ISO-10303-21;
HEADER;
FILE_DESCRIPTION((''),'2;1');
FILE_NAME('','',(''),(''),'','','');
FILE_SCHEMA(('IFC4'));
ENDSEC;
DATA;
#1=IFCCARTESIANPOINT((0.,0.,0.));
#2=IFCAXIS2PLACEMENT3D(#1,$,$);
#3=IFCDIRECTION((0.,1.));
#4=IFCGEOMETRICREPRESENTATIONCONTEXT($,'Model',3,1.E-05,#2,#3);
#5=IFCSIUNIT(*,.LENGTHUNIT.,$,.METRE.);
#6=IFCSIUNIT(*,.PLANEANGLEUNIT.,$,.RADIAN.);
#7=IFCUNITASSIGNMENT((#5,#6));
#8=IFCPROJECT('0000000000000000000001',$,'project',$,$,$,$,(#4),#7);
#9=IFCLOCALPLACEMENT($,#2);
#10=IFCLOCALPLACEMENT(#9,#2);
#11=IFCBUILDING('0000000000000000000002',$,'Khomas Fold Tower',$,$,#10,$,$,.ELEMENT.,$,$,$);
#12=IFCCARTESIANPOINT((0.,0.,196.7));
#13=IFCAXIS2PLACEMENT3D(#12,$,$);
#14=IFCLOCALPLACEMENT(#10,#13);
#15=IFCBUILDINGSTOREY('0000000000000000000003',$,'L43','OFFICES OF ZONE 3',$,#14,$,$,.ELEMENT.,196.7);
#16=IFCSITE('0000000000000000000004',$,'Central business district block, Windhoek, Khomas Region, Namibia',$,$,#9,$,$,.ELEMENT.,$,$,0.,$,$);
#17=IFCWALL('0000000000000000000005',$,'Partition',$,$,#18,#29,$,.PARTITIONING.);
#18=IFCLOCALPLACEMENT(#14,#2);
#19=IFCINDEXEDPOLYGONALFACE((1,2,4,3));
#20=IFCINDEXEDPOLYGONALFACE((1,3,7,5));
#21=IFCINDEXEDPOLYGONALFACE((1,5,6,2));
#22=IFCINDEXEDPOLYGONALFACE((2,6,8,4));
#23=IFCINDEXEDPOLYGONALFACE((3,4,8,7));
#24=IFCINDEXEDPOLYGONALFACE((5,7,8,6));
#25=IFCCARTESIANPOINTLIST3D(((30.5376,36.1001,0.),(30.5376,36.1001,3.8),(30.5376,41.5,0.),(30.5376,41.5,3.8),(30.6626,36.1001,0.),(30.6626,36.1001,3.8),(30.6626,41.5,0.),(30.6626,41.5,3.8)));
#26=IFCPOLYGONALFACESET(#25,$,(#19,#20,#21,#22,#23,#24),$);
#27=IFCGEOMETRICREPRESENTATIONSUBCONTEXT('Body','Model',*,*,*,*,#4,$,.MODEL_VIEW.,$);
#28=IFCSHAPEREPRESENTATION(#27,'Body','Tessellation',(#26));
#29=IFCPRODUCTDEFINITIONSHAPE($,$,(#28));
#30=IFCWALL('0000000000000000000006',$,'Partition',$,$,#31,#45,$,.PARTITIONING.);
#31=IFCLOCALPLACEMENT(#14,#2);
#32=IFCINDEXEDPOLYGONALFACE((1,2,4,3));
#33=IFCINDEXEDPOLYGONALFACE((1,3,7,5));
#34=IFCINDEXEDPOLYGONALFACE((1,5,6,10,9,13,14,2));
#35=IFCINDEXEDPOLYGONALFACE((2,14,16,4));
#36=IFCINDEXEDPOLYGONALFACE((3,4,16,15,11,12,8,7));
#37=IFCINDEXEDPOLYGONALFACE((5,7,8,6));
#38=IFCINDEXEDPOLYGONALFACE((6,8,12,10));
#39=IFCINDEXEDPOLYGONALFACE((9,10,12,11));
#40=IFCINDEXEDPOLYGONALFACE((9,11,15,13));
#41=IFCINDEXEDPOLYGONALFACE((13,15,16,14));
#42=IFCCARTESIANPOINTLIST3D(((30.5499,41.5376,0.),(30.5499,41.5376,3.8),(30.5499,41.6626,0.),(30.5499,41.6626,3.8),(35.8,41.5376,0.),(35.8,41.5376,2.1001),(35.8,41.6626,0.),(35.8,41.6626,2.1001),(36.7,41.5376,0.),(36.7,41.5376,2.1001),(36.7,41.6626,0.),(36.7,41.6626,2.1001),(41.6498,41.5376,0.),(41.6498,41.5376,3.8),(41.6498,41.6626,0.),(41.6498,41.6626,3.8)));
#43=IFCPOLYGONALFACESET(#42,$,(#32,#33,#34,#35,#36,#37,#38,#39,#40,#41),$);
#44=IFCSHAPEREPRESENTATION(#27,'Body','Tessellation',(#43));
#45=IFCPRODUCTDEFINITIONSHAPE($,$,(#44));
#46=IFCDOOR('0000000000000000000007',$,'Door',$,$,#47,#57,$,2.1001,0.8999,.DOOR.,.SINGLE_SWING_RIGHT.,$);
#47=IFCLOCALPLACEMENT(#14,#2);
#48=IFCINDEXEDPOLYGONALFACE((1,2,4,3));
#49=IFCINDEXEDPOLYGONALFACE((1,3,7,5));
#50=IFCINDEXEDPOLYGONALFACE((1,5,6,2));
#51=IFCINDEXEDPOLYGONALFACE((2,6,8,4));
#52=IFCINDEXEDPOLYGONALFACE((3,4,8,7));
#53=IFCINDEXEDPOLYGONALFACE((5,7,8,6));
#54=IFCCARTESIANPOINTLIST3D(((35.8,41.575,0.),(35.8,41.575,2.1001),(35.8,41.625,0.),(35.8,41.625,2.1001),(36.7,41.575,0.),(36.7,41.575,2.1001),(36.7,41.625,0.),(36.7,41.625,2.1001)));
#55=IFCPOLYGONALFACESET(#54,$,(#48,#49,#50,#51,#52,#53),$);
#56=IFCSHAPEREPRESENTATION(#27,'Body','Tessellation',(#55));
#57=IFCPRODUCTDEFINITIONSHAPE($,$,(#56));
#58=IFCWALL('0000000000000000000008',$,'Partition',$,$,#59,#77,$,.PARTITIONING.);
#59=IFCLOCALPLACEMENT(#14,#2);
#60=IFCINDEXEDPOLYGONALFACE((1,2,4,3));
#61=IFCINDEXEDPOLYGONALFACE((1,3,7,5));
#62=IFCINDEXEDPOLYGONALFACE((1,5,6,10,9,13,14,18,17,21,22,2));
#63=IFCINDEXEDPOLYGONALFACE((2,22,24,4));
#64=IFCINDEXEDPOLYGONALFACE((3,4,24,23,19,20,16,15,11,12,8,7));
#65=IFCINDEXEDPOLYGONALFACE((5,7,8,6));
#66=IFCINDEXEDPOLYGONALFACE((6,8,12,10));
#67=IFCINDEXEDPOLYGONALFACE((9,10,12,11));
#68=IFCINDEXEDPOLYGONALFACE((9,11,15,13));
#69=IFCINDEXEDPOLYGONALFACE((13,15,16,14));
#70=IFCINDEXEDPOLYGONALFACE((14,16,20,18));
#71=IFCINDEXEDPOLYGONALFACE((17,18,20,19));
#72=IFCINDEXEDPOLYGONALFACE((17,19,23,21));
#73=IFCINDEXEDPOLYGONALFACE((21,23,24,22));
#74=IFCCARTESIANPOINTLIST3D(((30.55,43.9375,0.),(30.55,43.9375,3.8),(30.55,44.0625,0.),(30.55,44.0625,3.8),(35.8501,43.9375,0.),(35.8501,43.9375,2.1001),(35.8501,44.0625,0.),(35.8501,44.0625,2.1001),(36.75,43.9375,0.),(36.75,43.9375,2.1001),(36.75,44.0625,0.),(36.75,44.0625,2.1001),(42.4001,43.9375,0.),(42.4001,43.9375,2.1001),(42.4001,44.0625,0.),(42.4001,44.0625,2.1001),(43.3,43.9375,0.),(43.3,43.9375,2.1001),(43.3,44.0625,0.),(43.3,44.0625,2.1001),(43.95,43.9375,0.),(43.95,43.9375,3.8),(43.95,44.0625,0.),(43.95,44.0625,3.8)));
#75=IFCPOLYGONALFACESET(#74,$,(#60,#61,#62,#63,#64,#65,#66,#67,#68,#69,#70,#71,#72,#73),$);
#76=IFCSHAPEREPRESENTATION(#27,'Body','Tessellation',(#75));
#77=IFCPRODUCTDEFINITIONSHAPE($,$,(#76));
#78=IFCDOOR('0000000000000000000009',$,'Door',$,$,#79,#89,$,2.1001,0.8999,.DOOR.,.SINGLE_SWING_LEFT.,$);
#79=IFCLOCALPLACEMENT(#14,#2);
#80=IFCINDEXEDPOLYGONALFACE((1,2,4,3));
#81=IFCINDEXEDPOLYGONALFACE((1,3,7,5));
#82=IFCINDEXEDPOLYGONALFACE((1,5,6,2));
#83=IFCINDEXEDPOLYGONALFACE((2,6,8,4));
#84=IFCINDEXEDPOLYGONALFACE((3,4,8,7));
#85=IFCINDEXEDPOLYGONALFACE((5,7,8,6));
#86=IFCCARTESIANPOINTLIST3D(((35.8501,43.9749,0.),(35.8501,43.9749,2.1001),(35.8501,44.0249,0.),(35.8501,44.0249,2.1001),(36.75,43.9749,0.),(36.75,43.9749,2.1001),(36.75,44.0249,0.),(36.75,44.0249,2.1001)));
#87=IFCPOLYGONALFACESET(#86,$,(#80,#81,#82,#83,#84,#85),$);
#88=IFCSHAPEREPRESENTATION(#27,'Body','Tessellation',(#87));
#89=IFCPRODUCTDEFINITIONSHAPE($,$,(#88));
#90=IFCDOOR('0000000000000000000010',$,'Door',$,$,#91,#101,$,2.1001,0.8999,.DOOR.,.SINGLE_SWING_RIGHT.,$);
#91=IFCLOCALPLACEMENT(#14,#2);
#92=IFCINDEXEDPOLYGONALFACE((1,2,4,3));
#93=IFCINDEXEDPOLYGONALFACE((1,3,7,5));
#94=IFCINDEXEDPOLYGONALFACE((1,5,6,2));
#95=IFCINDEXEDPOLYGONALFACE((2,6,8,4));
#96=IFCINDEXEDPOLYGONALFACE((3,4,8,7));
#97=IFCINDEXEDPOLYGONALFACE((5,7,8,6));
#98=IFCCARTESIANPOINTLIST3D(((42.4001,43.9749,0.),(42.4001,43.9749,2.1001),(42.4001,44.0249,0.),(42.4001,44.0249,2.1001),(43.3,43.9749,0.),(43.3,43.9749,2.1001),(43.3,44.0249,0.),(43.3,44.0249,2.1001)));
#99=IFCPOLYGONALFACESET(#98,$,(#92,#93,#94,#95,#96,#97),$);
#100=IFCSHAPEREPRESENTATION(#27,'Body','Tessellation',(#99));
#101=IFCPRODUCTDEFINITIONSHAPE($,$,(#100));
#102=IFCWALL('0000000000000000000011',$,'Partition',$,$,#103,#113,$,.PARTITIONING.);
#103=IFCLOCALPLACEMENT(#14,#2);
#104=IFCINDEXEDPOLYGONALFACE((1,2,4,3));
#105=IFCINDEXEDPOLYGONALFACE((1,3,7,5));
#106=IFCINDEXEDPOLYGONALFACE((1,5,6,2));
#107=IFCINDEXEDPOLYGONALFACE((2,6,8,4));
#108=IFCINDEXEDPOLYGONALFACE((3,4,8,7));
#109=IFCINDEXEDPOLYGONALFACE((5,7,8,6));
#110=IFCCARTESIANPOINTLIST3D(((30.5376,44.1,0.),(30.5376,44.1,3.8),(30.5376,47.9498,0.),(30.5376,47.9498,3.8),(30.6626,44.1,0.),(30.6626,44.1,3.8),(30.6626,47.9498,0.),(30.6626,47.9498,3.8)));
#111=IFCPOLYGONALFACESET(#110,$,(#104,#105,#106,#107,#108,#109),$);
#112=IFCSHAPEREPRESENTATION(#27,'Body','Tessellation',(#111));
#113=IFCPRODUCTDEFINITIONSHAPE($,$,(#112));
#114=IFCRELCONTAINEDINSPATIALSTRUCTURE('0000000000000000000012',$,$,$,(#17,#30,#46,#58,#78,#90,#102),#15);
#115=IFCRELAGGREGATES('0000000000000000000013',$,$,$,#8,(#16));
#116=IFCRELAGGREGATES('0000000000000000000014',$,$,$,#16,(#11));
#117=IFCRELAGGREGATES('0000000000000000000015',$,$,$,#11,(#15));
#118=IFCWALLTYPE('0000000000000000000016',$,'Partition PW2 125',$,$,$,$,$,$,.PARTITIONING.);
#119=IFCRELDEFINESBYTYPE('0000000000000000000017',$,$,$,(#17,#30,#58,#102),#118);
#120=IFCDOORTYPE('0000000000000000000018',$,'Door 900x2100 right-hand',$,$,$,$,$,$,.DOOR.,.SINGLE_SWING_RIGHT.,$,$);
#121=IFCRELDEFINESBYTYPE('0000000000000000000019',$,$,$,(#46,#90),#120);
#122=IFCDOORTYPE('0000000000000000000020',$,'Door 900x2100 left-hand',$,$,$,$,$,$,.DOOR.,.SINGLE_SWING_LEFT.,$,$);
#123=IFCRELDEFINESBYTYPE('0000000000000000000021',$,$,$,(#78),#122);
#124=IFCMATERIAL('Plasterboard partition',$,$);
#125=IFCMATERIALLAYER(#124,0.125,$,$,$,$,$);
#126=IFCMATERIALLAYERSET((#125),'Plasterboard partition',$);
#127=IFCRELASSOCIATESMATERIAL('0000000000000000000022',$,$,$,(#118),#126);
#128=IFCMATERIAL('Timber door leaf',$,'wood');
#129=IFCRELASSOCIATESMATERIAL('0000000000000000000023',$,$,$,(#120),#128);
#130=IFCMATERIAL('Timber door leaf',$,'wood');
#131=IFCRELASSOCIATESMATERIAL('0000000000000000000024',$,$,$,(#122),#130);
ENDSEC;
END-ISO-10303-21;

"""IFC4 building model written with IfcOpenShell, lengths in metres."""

from ifc_helpers import new_model, si_unit, direction, frame, frame_2d, origin, place, context, subcontext, project, spatial, rectangle, extrude, source, transform, mapped, material, layer, layer_set, type_object, element, fill, save


model = new_model("IFC4")

# Units and contexts
model_context = context("Model", 3, precision=1e-05, world=origin(), true_north=direction((0.0, 1.0)))
body_context = subcontext(model_context, "Body", "Model", "MODEL_VIEW")
ifc_project = project(units=[si_unit("LENGTHUNIT", "METRE"), si_unit("PLANEANGLEUNIT", "RADIAN")], contexts=[model_context])

# Site, building, storey
site_placement = place(None, origin())
site = spatial("IfcSite", under=ifc_project, at=site_placement, Name="Central business district block, Windhoek, Khomas Region, Namibia", CompositionType="ELEMENT", RefElevation=0.0)
building_placement = place(site_placement, origin())
building = spatial("IfcBuilding", under=site, at=building_placement, Name="Khomas Fold Tower", CompositionType="ELEMENT")
storey_placement = place(building_placement, frame((0.0, 0.0, 196.7)))
storey = spatial("IfcBuildingStorey", under=building, at=storey_placement, Name="L43", Description="OFFICES OF ZONE 3", CompositionType="ELEMENT", Elevation=196.7)

# Wall
ifc_material_1 = material(Name="Plasterboard partition")
ifc_layer_1 = layer(ifc_material_1, 0.125)
ifc_layer_set_1 = layer_set([ifc_layer_1], Name="Plasterboard partition")
wall_type_1 = type_object("IfcWallType", Name="Partition PW2 125", PredefinedType="PARTITIONING", material=ifc_layer_set_1)
shared_shape_1 = source(origin(), body_context, "Body", "SweptSolid", [
    extrude(rectangle(XDim=5.3999, YDim=0.125, at=frame_2d((2.7, 0.0))), origin(), (0.0, 0.0, 1.0), 3.8),
])
wall_1_placement = place(storey_placement, frame((30.6001, 36.1001, 0.0), z_axis=(0.0, 0.0, 1.0), x_axis=(0.0, 1.0, 0.0)))
element("IfcWall", 1, at=wall_1_placement, inside=storey, type_object=wall_type_1, Name="Partition", PredefinedType="PARTITIONING", context=body_context, shape_type="MappedRepresentation", body=[
    mapped(shared_shape_1, transform((0.0, 0.0, 0.0))),
])

# Wall, opening, door
shared_shape_2 = source(origin(), body_context, "Body", "SweptSolid", [
    extrude(rectangle(XDim=11.0999, YDim=0.125, at=frame_2d((5.5498, 0.0))), origin(), (0.0, 0.0, 1.0), 3.8),
])
wall_2_placement = place(storey_placement, frame((30.55, 41.6001, 0.0), z_axis=(0.0, 0.0, 1.0), x_axis=(1.0, 0.0, 0.0)))
wall_2 = element("IfcWall", 2, at=wall_2_placement, inside=storey, type_object=wall_type_1, Name="Partition", PredefinedType="PARTITIONING", context=body_context, shape_type="MappedRepresentation", body=[
    mapped(shared_shape_2, transform((0.0, 0.0, 0.0))),
])
shared_shape_3 = source(origin(), body_context, "Body", "SweptSolid", [
    extrude(rectangle(XDim=0.8999, YDim=2.1001, at=frame_2d((0.45, 1.05))), frame((0.0, 0.0725, 0.0), z_axis=(0.0, -1.0, 0.0), x_axis=(1.0, 0.0, 0.0)), (0.0, 0.0, 1.0), 0.145),
])
opening_1_placement = place(wall_2_placement, frame((5.25, 0.0, 0.0)))
opening_1 = element("IfcOpeningElement", 3, at=opening_1_placement, cuts=wall_2, PredefinedType="OPENING", context=body_context, shape_type="MappedRepresentation", body=[
    mapped(shared_shape_3, transform((0.0, 0.0, 0.0))),
])
ifc_material_2 = material(Name="Timber door leaf", Category="wood")
door_type_1 = type_object("IfcDoorType", Name="Door 900x2100 right-hand", OperationType="SINGLE_SWING_RIGHT", PredefinedType="DOOR", material=ifc_material_2)
shared_shape_4 = source(origin(), body_context, "Body", "SweptSolid", [
    extrude(rectangle(XDim=0.8999, YDim=2.1001, at=frame_2d((0.45, 1.05))), frame((0.0, 0.0249, 0.0), z_axis=(0.0, -1.0, 0.0), x_axis=(1.0, 0.0, 0.0)), (0.0, 0.0, 1.0), 0.05),
])
door_1_placement = place(opening_1_placement, origin())
door_1 = element("IfcDoor", 4, at=door_1_placement, inside=storey, type_object=door_type_1, Name="Door", OperationType="SINGLE_SWING_RIGHT", OverallHeight=2.1001, OverallWidth=0.8999, PredefinedType="DOOR", context=body_context, shape_type="MappedRepresentation", body=[
    mapped(shared_shape_4, transform((0.0, 0.0, 0.0))),
])
fill(opening_1, door_1)

# Wall, openings, doors
shared_shape_5 = source(origin(), body_context, "Body", "SweptSolid", [
    extrude(rectangle(XDim=13.3999, YDim=0.125, at=frame_2d((6.7, 0.0))), origin(), (0.0, 0.0, 1.0), 3.8),
])
wall_3_placement = place(storey_placement, frame((30.55, 44.0, 0.0), z_axis=(0.0, 0.0, 1.0), x_axis=(1.0, 0.0, 0.0)))
wall_3 = element("IfcWall", 5, at=wall_3_placement, inside=storey, type_object=wall_type_1, Name="Partition", PredefinedType="PARTITIONING", context=body_context, shape_type="MappedRepresentation", body=[
    mapped(shared_shape_5, transform((0.0, 0.0, 0.0))),
])
opening_2_placement = place(wall_3_placement, frame((5.3, 0.0, 0.0)))
opening_2 = element("IfcOpeningElement", 6, at=opening_2_placement, cuts=wall_3, PredefinedType="OPENING", context=body_context, shape_type="MappedRepresentation", body=[
    mapped(shared_shape_3, transform((0.0, 0.0, 0.0))),
])
opening_3_placement = place(wall_3_placement, frame((11.8501, 0.0, 0.0)))
opening_3 = element("IfcOpeningElement", 7, at=opening_3_placement, cuts=wall_3, PredefinedType="OPENING", context=body_context, shape_type="MappedRepresentation", body=[
    mapped(shared_shape_3, transform((0.0, 0.0, 0.0))),
])
ifc_material_3 = material(Name="Timber door leaf", Category="wood")
door_type_2 = type_object("IfcDoorType", Name="Door 900x2100 left-hand", OperationType="SINGLE_SWING_LEFT", PredefinedType="DOOR", material=ifc_material_3)
door_2_placement = place(opening_2_placement, origin())
door_2 = element("IfcDoor", 8, at=door_2_placement, inside=storey, type_object=door_type_2, Name="Door", OperationType="SINGLE_SWING_LEFT", OverallHeight=2.1001, OverallWidth=0.8999, PredefinedType="DOOR", context=body_context, shape_type="MappedRepresentation", body=[
    mapped(shared_shape_4, transform((0.0, 0.0, 0.0))),
])
fill(opening_2, door_2)
door_3_placement = place(opening_3_placement, origin())
door_3 = element("IfcDoor", 9, at=door_3_placement, inside=storey, type_object=door_type_1, Name="Door", OperationType="SINGLE_SWING_RIGHT", OverallHeight=2.1001, OverallWidth=0.8999, PredefinedType="DOOR", context=body_context, shape_type="MappedRepresentation", body=[
    mapped(shared_shape_4, transform((0.0, 0.0, 0.0))),
])
fill(opening_3, door_3)

# Wall
shared_shape_6 = source(origin(), body_context, "Body", "SweptSolid", [
    extrude(rectangle(XDim=3.8499, YDim=0.125, at=frame_2d((1.9248, 0.0))), origin(), (0.0, 0.0, 1.0), 3.8),
])
wall_4_placement = place(storey_placement, frame((30.6001, 44.1001, 0.0), z_axis=(0.0, 0.0, 1.0), x_axis=(0.0, 1.0, 0.0)))
element("IfcWall", 10, at=wall_4_placement, inside=storey, type_object=wall_type_1, Name="Partition", PredefinedType="PARTITIONING", context=body_context, shape_type="MappedRepresentation", body=[
    mapped(shared_shape_6, transform((0.0, 0.0, 0.0))),
])

save(model, "model.ifc")
